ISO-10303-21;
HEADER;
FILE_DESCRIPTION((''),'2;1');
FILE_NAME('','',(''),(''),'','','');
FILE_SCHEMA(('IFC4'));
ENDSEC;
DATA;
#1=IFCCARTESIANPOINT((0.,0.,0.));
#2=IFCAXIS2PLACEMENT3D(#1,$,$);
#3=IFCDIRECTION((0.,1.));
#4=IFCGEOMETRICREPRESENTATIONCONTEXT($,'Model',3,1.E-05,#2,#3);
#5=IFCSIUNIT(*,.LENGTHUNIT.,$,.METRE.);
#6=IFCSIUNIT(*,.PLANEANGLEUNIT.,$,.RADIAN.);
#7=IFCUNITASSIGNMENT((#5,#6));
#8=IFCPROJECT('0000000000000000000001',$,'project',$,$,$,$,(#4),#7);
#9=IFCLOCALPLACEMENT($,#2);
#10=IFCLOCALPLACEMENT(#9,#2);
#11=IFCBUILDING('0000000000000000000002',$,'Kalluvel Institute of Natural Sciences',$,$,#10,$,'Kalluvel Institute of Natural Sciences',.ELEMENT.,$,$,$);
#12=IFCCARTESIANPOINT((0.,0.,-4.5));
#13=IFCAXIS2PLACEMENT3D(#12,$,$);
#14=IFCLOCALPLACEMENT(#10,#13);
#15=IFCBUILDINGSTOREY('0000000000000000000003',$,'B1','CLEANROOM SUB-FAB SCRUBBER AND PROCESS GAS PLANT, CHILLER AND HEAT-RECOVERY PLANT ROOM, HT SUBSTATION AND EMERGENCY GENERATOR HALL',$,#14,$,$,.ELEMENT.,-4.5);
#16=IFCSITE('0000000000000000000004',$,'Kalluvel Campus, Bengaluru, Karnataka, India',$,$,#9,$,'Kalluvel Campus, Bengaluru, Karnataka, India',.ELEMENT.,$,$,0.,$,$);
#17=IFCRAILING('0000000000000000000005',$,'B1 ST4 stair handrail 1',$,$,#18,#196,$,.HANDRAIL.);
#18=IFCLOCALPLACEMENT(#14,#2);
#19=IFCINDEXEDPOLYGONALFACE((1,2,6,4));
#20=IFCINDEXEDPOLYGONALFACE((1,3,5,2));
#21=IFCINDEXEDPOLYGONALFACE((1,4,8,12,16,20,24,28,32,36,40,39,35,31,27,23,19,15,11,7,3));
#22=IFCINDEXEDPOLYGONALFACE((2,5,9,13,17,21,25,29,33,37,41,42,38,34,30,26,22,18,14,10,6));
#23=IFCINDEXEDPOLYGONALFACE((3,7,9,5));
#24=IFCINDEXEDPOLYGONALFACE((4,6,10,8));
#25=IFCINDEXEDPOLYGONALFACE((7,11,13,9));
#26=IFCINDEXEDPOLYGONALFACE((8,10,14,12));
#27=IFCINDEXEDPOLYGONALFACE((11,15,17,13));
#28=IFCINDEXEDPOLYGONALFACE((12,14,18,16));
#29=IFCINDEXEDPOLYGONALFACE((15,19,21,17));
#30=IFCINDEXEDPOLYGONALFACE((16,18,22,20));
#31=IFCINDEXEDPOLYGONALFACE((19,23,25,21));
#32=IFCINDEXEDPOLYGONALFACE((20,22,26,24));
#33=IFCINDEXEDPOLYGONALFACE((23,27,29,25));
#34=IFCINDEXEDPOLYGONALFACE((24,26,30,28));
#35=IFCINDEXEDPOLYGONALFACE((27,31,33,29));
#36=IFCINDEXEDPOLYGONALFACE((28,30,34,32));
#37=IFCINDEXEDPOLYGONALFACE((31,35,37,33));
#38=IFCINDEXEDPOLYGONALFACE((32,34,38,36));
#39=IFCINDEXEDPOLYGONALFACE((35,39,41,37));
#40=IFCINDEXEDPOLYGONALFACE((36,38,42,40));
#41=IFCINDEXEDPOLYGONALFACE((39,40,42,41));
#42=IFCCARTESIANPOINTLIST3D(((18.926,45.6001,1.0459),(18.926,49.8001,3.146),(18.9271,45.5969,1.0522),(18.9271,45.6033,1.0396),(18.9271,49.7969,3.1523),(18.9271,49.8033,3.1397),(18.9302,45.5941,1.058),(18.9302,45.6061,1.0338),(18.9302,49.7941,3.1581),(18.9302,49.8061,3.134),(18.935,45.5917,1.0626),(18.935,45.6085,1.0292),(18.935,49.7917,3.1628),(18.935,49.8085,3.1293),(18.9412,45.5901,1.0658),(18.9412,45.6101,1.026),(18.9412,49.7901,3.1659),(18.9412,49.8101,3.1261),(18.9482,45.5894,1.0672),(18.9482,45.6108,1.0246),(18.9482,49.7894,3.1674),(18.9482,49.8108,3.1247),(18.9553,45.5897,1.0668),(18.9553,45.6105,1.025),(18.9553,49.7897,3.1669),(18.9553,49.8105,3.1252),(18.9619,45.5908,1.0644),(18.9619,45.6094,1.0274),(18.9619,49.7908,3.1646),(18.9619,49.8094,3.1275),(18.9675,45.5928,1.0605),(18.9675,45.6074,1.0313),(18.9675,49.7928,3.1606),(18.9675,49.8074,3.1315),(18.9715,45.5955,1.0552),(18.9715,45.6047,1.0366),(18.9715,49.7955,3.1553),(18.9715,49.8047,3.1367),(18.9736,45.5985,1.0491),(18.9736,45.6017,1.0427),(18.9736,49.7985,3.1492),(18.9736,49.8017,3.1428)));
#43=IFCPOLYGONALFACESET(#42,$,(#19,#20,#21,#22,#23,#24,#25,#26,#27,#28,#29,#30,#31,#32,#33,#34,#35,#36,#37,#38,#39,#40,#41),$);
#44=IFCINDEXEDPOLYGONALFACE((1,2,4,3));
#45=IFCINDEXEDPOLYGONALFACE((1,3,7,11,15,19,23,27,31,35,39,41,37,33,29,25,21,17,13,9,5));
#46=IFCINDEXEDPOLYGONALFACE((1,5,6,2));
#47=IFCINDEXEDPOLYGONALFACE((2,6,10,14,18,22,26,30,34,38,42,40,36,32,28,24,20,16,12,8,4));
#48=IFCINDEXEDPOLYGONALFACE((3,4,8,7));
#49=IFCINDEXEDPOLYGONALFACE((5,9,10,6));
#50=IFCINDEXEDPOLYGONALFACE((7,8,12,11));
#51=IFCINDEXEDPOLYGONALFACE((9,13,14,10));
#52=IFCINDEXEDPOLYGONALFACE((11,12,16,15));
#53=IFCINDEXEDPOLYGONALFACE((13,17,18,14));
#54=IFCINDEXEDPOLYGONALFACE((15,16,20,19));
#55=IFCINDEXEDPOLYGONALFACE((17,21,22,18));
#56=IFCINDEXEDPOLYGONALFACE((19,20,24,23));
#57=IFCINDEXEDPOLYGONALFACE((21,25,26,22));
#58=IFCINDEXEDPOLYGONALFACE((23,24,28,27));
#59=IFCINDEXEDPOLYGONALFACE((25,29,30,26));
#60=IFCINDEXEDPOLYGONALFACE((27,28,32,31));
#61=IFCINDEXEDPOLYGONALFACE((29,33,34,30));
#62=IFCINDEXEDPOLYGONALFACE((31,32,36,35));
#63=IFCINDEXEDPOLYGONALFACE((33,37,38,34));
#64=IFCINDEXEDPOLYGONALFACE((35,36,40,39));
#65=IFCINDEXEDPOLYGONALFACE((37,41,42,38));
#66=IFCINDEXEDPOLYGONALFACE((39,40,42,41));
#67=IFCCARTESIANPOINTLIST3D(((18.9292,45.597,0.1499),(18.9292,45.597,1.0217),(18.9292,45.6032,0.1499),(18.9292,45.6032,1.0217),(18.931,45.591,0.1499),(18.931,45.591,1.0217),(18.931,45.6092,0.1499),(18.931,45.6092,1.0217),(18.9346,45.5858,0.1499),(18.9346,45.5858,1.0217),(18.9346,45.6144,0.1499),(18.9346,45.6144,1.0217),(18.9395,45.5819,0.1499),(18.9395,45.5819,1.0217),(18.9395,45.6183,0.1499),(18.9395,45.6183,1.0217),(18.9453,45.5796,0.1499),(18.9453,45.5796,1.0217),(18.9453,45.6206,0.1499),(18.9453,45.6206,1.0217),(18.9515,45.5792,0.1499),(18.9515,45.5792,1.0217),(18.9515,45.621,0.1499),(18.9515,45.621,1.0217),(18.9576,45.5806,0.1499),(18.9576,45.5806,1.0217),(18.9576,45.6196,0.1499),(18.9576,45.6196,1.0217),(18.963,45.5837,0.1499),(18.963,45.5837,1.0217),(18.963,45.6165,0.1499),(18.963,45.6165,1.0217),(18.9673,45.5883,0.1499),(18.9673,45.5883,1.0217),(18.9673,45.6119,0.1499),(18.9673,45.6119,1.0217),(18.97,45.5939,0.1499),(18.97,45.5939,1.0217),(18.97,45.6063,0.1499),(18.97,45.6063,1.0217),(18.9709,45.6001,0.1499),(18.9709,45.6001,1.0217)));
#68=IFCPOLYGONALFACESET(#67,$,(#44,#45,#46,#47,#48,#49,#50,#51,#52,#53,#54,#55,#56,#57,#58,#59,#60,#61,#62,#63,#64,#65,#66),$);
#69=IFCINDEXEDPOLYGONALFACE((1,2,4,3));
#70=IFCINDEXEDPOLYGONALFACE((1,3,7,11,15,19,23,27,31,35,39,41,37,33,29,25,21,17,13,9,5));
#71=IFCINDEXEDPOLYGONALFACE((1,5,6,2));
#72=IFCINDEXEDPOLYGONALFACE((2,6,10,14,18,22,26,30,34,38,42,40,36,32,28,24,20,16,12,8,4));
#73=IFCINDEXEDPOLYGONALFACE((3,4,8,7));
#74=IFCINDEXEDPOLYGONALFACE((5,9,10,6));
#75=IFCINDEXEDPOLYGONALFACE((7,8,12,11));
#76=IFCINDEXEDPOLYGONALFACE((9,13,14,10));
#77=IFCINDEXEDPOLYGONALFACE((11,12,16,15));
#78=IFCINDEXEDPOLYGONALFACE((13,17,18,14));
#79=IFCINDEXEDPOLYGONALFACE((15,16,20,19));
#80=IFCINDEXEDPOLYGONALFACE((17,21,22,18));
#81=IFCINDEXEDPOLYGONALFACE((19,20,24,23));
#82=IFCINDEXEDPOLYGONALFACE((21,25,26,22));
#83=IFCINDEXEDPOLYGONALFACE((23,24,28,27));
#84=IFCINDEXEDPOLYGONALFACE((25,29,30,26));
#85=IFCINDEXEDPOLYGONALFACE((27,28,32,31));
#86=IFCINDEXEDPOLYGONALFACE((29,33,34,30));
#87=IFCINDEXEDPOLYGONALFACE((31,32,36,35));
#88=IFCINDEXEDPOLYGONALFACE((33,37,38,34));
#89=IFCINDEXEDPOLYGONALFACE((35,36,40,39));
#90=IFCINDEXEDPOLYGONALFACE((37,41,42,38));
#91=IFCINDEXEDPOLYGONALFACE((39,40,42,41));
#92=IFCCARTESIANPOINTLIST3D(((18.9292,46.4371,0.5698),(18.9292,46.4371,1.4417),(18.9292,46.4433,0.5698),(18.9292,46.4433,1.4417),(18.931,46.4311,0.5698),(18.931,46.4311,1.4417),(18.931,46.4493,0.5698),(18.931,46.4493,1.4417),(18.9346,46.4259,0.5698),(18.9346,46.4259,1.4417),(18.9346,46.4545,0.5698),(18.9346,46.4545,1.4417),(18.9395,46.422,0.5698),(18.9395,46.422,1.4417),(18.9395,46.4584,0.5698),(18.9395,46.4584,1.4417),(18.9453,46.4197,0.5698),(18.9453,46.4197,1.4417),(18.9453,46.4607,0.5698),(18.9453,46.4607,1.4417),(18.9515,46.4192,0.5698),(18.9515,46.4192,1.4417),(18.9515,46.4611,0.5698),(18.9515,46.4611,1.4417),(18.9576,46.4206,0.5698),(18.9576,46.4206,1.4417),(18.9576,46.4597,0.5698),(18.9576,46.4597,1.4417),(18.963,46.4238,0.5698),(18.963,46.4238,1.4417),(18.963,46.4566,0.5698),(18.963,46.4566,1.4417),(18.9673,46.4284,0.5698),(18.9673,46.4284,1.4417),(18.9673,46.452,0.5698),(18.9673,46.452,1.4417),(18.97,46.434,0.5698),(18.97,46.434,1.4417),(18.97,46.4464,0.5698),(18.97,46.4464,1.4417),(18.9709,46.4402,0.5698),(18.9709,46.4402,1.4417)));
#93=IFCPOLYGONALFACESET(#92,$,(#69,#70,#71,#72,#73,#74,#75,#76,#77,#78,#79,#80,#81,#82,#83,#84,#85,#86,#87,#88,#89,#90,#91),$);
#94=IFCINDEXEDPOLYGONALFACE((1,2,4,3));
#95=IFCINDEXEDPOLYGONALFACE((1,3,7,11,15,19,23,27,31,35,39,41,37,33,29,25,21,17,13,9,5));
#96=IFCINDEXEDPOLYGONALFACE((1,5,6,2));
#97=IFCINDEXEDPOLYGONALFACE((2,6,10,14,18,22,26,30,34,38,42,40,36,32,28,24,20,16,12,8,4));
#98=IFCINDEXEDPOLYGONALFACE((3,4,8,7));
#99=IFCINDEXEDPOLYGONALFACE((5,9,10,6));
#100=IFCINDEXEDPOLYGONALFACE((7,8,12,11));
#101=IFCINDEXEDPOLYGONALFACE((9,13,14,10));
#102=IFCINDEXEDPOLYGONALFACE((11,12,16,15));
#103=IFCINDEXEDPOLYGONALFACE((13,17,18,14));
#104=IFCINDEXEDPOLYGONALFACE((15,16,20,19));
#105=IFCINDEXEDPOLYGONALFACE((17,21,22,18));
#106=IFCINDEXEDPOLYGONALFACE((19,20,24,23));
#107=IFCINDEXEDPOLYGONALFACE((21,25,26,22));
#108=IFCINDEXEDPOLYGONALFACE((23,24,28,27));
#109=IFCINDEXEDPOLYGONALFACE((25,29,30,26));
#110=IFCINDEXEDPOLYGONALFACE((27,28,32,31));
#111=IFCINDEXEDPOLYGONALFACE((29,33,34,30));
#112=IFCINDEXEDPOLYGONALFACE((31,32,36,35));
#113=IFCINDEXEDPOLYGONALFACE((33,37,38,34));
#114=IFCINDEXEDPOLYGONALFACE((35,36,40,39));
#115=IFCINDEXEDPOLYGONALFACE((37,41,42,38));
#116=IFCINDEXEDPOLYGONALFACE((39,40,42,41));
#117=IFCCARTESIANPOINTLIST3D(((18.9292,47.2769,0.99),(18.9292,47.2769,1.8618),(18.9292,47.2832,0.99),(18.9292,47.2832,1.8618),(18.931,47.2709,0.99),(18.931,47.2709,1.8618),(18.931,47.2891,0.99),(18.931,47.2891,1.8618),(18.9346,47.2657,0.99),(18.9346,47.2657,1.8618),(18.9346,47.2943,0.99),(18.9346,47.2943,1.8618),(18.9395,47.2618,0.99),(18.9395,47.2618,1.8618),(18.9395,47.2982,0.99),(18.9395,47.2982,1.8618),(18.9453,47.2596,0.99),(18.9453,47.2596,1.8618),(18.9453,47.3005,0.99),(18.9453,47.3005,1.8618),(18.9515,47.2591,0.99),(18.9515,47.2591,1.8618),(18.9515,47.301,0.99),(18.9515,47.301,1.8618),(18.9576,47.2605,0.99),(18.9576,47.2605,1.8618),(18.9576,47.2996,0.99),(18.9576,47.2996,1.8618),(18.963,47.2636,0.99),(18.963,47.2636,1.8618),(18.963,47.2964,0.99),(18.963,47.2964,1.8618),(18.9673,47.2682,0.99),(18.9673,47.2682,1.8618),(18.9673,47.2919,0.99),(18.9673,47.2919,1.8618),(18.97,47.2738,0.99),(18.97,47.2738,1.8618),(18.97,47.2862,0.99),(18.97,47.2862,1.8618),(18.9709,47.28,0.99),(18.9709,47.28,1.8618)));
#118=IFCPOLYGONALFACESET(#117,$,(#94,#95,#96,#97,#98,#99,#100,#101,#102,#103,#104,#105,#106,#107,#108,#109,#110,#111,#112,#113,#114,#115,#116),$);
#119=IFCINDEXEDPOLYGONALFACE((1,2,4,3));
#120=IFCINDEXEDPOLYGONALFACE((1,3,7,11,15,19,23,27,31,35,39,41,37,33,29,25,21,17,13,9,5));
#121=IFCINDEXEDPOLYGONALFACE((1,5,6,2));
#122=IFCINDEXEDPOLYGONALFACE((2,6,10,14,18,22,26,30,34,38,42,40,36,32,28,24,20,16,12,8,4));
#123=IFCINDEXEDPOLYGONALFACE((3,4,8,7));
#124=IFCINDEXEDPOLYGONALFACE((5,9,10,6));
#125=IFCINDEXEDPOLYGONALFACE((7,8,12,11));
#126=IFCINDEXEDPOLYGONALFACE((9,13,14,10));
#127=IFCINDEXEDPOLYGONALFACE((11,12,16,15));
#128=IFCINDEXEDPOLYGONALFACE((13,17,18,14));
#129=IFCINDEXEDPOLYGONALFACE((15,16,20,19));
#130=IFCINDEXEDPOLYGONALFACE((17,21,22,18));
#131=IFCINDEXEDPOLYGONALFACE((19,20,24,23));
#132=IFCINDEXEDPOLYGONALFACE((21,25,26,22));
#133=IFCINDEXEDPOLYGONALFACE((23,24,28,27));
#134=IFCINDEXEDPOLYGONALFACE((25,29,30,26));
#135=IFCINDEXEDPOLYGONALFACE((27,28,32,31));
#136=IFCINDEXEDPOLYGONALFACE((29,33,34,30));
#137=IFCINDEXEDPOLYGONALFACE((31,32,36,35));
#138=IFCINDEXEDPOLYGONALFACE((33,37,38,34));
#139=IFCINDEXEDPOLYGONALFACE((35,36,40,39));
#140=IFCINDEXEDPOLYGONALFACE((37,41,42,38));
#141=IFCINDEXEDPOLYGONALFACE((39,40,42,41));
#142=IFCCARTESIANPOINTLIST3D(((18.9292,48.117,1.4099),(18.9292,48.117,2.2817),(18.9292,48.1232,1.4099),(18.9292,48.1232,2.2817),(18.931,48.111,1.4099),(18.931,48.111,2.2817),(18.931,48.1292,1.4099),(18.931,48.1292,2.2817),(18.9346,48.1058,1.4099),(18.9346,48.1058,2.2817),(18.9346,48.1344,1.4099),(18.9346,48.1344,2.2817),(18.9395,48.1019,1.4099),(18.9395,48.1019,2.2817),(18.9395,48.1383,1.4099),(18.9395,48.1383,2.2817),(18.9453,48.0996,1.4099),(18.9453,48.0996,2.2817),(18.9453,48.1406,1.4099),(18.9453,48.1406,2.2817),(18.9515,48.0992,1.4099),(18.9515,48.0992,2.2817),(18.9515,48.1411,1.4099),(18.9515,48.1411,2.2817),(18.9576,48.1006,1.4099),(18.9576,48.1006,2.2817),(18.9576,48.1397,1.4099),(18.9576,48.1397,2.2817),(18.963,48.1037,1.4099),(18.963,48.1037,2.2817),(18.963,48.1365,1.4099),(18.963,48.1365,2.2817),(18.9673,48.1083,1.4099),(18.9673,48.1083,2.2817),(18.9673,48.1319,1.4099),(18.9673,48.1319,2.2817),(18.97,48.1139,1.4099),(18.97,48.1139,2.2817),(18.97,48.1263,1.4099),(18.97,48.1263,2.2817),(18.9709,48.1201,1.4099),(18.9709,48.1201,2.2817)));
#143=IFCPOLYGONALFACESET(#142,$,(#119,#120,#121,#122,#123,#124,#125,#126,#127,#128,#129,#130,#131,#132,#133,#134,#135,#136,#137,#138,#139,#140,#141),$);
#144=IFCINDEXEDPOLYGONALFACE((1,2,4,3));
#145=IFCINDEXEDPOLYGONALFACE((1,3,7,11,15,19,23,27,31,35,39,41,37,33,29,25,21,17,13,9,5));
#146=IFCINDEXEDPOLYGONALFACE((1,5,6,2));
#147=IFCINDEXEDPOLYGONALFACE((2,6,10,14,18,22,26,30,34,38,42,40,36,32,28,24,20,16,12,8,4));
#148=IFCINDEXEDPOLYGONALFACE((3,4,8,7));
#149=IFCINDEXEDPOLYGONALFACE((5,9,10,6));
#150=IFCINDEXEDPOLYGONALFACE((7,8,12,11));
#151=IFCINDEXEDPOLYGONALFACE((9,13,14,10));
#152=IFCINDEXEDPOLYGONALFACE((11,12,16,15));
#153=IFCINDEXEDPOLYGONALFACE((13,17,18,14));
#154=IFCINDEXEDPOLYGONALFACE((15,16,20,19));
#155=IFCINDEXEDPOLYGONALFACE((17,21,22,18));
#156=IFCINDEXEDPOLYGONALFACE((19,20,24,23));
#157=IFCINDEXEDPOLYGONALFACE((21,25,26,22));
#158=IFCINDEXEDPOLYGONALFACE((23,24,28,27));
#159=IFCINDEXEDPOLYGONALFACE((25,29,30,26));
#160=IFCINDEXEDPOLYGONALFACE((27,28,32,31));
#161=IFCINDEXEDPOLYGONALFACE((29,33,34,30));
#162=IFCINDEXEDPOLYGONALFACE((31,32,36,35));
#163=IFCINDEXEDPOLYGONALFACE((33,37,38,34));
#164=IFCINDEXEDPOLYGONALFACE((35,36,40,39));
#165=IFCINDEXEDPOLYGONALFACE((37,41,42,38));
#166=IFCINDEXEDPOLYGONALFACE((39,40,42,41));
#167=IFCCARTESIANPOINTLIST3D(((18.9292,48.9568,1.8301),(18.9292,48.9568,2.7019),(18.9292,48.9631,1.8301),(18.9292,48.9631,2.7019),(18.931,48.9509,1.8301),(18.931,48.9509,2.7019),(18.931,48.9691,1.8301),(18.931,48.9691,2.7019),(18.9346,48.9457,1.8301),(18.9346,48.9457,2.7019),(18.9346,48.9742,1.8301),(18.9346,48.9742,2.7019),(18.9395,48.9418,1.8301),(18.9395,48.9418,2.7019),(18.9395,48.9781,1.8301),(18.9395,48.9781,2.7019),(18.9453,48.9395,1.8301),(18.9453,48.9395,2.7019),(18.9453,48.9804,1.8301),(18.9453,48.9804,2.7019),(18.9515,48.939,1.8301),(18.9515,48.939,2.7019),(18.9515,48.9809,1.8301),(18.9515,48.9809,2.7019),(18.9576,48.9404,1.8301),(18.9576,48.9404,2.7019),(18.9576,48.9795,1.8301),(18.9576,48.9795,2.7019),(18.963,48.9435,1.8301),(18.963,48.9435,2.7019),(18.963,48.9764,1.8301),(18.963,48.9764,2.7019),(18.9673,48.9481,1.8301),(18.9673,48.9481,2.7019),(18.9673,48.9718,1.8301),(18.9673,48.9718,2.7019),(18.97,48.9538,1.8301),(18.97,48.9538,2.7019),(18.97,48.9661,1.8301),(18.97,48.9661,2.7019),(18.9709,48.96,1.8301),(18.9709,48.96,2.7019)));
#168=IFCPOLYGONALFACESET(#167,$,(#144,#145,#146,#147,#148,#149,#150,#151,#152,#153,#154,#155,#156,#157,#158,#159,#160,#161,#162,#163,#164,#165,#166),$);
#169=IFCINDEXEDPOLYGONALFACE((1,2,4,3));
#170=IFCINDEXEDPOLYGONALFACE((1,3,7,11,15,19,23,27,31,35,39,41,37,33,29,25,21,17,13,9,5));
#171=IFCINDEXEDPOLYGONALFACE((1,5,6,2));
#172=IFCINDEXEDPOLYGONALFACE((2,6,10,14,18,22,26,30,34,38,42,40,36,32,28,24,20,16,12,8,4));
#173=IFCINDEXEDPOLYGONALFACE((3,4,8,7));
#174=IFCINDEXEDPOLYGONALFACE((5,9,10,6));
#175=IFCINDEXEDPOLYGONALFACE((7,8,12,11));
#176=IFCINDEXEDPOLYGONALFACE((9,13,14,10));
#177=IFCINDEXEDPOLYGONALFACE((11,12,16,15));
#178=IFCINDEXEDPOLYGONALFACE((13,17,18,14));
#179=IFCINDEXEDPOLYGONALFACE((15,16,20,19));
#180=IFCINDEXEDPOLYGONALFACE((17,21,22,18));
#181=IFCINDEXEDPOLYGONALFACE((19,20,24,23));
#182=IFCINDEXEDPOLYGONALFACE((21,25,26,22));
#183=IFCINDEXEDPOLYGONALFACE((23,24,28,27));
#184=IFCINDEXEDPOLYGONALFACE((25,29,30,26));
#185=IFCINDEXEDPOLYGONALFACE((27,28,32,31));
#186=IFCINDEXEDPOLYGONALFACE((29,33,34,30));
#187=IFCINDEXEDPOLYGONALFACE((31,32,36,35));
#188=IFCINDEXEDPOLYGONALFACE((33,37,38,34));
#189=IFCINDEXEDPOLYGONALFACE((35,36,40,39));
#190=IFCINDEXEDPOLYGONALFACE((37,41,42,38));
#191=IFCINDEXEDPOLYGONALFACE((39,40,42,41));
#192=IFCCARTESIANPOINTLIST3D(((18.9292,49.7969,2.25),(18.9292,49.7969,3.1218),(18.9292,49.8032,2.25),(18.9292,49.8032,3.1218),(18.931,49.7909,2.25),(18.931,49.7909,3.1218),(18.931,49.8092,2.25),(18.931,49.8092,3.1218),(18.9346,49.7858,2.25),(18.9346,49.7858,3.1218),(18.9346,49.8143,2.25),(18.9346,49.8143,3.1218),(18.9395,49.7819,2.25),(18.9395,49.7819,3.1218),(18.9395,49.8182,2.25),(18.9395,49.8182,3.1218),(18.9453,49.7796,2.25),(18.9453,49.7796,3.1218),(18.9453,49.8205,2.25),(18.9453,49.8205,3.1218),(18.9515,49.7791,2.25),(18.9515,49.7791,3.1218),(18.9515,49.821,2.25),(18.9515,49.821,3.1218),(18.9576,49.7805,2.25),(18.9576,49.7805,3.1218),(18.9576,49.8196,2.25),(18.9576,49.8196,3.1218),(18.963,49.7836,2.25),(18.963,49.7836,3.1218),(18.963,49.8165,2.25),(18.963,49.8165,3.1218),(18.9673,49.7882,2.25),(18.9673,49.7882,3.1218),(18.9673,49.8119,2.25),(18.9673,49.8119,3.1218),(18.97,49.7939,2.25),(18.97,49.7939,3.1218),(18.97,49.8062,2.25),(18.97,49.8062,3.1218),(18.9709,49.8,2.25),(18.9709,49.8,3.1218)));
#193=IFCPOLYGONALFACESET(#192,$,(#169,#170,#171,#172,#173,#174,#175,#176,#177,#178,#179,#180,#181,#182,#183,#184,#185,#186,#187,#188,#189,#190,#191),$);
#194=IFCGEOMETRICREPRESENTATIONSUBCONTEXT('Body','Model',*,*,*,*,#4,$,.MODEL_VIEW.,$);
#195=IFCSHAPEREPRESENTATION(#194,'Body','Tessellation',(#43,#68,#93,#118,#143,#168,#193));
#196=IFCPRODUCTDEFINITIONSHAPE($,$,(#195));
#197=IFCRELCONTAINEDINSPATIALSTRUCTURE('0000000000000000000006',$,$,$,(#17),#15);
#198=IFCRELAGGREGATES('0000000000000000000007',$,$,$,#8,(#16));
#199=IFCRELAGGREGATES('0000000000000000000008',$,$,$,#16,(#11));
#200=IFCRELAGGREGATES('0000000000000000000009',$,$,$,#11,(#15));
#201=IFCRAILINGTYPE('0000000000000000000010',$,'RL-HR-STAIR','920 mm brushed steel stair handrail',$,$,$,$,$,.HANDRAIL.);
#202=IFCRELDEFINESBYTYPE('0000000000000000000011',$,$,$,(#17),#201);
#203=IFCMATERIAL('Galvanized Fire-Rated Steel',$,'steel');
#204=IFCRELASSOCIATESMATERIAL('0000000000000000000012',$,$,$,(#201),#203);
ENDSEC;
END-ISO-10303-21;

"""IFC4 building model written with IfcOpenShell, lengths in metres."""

from ifc_helpers import new_model, si_unit, direction, frame, origin, origin_2d, place, context, subcontext, project, spatial, circle, extrude, material, type_object, element, save


model = new_model("IFC4")

# Units and contexts
model_context = context("Model", 3, precision=1e-05, world=origin(), true_north=direction((0.0, 1.0)))
body_context = subcontext(model_context, "Body", "Model", "MODEL_VIEW")
ifc_project = project(units=[si_unit("LENGTHUNIT", "METRE"), si_unit("PLANEANGLEUNIT", "RADIAN")], contexts=[model_context])

# Site, building, storey
site_placement = place(None, origin())
site = spatial("IfcSite", under=ifc_project, at=site_placement, Name="Kalluvel Campus, Bengaluru, Karnataka, India", LongName="Kalluvel Campus, Bengaluru, Karnataka, India", CompositionType="ELEMENT", RefElevation=0.0)
building_placement = place(site_placement, origin())
building = spatial("IfcBuilding", under=site, at=building_placement, Name="Kalluvel Institute of Natural Sciences", LongName="Kalluvel Institute of Natural Sciences", CompositionType="ELEMENT")
storey_placement = place(building_placement, frame((0.0, 0.0, -4.5)))
storey = spatial("IfcBuildingStorey", under=building, at=storey_placement, Name="B1", Description="CLEANROOM SUB-FAB SCRUBBER AND PROCESS GAS PLANT, CHILLER AND HEAT-RECOVERY PLANT ROOM, HT SUBSTATION AND EMERGENCY GENERATOR HALL", CompositionType="ELEMENT", Elevation=-4.5)

# Shared definitions
ifc_material_1 = material(Name="Galvanized Fire-Rated Steel", Category="steel")

# Railing
railing_type_1 = type_object("IfcRailingType", Name="RL-HR-STAIR", Description="920 mm brushed steel stair handrail", PredefinedType="HANDRAIL", material=ifc_material_1)
railing_1_placement = place(storey_placement, frame((18.95, 45.6001, 0.1499)))
element("IfcRailing", 1, at=railing_1_placement, inside=storey, type_object=railing_type_1, Name="B1 ST4 stair handrail 1", PredefinedType="HANDRAIL", context=body_context, shape_type="SweptSolid", body=[
    extrude(circle(Radius=0.0239, at=origin_2d()), frame((0.0, 0.0, 0.896), z_axis=(0.0, 0.894417, 0.447234), x_axis=(-1.0, 0.0, 0.0)), (0.0, 0.0, 1.0), 4.6958),
    extrude(circle(Radius=0.021, at=origin_2d()), origin(), (0.0, 0.0, 1.0), 0.8718),
    extrude(circle(Radius=0.021, at=origin_2d()), frame((0.0, 0.8401, 0.4199)), (0.0, 0.0, 1.0), 0.8718),
    extrude(circle(Radius=0.021, at=origin_2d()), frame((0.0, 1.6799, 0.8401)), (0.0, 0.0, 1.0), 0.8718),
    extrude(circle(Radius=0.021, at=origin_2d()), frame((0.0, 2.52, 1.26)), (0.0, 0.0, 1.0), 0.8718),
    extrude(circle(Radius=0.021, at=origin_2d()), frame((0.0, 3.3599, 1.6802)), (0.0, 0.0, 1.0), 0.8718),
    extrude(circle(Radius=0.021, at=origin_2d()), frame((0.0, 4.2, 2.1001)), (0.0, 0.0, 1.0), 0.8718),
])

save(model, "model.ifc")
